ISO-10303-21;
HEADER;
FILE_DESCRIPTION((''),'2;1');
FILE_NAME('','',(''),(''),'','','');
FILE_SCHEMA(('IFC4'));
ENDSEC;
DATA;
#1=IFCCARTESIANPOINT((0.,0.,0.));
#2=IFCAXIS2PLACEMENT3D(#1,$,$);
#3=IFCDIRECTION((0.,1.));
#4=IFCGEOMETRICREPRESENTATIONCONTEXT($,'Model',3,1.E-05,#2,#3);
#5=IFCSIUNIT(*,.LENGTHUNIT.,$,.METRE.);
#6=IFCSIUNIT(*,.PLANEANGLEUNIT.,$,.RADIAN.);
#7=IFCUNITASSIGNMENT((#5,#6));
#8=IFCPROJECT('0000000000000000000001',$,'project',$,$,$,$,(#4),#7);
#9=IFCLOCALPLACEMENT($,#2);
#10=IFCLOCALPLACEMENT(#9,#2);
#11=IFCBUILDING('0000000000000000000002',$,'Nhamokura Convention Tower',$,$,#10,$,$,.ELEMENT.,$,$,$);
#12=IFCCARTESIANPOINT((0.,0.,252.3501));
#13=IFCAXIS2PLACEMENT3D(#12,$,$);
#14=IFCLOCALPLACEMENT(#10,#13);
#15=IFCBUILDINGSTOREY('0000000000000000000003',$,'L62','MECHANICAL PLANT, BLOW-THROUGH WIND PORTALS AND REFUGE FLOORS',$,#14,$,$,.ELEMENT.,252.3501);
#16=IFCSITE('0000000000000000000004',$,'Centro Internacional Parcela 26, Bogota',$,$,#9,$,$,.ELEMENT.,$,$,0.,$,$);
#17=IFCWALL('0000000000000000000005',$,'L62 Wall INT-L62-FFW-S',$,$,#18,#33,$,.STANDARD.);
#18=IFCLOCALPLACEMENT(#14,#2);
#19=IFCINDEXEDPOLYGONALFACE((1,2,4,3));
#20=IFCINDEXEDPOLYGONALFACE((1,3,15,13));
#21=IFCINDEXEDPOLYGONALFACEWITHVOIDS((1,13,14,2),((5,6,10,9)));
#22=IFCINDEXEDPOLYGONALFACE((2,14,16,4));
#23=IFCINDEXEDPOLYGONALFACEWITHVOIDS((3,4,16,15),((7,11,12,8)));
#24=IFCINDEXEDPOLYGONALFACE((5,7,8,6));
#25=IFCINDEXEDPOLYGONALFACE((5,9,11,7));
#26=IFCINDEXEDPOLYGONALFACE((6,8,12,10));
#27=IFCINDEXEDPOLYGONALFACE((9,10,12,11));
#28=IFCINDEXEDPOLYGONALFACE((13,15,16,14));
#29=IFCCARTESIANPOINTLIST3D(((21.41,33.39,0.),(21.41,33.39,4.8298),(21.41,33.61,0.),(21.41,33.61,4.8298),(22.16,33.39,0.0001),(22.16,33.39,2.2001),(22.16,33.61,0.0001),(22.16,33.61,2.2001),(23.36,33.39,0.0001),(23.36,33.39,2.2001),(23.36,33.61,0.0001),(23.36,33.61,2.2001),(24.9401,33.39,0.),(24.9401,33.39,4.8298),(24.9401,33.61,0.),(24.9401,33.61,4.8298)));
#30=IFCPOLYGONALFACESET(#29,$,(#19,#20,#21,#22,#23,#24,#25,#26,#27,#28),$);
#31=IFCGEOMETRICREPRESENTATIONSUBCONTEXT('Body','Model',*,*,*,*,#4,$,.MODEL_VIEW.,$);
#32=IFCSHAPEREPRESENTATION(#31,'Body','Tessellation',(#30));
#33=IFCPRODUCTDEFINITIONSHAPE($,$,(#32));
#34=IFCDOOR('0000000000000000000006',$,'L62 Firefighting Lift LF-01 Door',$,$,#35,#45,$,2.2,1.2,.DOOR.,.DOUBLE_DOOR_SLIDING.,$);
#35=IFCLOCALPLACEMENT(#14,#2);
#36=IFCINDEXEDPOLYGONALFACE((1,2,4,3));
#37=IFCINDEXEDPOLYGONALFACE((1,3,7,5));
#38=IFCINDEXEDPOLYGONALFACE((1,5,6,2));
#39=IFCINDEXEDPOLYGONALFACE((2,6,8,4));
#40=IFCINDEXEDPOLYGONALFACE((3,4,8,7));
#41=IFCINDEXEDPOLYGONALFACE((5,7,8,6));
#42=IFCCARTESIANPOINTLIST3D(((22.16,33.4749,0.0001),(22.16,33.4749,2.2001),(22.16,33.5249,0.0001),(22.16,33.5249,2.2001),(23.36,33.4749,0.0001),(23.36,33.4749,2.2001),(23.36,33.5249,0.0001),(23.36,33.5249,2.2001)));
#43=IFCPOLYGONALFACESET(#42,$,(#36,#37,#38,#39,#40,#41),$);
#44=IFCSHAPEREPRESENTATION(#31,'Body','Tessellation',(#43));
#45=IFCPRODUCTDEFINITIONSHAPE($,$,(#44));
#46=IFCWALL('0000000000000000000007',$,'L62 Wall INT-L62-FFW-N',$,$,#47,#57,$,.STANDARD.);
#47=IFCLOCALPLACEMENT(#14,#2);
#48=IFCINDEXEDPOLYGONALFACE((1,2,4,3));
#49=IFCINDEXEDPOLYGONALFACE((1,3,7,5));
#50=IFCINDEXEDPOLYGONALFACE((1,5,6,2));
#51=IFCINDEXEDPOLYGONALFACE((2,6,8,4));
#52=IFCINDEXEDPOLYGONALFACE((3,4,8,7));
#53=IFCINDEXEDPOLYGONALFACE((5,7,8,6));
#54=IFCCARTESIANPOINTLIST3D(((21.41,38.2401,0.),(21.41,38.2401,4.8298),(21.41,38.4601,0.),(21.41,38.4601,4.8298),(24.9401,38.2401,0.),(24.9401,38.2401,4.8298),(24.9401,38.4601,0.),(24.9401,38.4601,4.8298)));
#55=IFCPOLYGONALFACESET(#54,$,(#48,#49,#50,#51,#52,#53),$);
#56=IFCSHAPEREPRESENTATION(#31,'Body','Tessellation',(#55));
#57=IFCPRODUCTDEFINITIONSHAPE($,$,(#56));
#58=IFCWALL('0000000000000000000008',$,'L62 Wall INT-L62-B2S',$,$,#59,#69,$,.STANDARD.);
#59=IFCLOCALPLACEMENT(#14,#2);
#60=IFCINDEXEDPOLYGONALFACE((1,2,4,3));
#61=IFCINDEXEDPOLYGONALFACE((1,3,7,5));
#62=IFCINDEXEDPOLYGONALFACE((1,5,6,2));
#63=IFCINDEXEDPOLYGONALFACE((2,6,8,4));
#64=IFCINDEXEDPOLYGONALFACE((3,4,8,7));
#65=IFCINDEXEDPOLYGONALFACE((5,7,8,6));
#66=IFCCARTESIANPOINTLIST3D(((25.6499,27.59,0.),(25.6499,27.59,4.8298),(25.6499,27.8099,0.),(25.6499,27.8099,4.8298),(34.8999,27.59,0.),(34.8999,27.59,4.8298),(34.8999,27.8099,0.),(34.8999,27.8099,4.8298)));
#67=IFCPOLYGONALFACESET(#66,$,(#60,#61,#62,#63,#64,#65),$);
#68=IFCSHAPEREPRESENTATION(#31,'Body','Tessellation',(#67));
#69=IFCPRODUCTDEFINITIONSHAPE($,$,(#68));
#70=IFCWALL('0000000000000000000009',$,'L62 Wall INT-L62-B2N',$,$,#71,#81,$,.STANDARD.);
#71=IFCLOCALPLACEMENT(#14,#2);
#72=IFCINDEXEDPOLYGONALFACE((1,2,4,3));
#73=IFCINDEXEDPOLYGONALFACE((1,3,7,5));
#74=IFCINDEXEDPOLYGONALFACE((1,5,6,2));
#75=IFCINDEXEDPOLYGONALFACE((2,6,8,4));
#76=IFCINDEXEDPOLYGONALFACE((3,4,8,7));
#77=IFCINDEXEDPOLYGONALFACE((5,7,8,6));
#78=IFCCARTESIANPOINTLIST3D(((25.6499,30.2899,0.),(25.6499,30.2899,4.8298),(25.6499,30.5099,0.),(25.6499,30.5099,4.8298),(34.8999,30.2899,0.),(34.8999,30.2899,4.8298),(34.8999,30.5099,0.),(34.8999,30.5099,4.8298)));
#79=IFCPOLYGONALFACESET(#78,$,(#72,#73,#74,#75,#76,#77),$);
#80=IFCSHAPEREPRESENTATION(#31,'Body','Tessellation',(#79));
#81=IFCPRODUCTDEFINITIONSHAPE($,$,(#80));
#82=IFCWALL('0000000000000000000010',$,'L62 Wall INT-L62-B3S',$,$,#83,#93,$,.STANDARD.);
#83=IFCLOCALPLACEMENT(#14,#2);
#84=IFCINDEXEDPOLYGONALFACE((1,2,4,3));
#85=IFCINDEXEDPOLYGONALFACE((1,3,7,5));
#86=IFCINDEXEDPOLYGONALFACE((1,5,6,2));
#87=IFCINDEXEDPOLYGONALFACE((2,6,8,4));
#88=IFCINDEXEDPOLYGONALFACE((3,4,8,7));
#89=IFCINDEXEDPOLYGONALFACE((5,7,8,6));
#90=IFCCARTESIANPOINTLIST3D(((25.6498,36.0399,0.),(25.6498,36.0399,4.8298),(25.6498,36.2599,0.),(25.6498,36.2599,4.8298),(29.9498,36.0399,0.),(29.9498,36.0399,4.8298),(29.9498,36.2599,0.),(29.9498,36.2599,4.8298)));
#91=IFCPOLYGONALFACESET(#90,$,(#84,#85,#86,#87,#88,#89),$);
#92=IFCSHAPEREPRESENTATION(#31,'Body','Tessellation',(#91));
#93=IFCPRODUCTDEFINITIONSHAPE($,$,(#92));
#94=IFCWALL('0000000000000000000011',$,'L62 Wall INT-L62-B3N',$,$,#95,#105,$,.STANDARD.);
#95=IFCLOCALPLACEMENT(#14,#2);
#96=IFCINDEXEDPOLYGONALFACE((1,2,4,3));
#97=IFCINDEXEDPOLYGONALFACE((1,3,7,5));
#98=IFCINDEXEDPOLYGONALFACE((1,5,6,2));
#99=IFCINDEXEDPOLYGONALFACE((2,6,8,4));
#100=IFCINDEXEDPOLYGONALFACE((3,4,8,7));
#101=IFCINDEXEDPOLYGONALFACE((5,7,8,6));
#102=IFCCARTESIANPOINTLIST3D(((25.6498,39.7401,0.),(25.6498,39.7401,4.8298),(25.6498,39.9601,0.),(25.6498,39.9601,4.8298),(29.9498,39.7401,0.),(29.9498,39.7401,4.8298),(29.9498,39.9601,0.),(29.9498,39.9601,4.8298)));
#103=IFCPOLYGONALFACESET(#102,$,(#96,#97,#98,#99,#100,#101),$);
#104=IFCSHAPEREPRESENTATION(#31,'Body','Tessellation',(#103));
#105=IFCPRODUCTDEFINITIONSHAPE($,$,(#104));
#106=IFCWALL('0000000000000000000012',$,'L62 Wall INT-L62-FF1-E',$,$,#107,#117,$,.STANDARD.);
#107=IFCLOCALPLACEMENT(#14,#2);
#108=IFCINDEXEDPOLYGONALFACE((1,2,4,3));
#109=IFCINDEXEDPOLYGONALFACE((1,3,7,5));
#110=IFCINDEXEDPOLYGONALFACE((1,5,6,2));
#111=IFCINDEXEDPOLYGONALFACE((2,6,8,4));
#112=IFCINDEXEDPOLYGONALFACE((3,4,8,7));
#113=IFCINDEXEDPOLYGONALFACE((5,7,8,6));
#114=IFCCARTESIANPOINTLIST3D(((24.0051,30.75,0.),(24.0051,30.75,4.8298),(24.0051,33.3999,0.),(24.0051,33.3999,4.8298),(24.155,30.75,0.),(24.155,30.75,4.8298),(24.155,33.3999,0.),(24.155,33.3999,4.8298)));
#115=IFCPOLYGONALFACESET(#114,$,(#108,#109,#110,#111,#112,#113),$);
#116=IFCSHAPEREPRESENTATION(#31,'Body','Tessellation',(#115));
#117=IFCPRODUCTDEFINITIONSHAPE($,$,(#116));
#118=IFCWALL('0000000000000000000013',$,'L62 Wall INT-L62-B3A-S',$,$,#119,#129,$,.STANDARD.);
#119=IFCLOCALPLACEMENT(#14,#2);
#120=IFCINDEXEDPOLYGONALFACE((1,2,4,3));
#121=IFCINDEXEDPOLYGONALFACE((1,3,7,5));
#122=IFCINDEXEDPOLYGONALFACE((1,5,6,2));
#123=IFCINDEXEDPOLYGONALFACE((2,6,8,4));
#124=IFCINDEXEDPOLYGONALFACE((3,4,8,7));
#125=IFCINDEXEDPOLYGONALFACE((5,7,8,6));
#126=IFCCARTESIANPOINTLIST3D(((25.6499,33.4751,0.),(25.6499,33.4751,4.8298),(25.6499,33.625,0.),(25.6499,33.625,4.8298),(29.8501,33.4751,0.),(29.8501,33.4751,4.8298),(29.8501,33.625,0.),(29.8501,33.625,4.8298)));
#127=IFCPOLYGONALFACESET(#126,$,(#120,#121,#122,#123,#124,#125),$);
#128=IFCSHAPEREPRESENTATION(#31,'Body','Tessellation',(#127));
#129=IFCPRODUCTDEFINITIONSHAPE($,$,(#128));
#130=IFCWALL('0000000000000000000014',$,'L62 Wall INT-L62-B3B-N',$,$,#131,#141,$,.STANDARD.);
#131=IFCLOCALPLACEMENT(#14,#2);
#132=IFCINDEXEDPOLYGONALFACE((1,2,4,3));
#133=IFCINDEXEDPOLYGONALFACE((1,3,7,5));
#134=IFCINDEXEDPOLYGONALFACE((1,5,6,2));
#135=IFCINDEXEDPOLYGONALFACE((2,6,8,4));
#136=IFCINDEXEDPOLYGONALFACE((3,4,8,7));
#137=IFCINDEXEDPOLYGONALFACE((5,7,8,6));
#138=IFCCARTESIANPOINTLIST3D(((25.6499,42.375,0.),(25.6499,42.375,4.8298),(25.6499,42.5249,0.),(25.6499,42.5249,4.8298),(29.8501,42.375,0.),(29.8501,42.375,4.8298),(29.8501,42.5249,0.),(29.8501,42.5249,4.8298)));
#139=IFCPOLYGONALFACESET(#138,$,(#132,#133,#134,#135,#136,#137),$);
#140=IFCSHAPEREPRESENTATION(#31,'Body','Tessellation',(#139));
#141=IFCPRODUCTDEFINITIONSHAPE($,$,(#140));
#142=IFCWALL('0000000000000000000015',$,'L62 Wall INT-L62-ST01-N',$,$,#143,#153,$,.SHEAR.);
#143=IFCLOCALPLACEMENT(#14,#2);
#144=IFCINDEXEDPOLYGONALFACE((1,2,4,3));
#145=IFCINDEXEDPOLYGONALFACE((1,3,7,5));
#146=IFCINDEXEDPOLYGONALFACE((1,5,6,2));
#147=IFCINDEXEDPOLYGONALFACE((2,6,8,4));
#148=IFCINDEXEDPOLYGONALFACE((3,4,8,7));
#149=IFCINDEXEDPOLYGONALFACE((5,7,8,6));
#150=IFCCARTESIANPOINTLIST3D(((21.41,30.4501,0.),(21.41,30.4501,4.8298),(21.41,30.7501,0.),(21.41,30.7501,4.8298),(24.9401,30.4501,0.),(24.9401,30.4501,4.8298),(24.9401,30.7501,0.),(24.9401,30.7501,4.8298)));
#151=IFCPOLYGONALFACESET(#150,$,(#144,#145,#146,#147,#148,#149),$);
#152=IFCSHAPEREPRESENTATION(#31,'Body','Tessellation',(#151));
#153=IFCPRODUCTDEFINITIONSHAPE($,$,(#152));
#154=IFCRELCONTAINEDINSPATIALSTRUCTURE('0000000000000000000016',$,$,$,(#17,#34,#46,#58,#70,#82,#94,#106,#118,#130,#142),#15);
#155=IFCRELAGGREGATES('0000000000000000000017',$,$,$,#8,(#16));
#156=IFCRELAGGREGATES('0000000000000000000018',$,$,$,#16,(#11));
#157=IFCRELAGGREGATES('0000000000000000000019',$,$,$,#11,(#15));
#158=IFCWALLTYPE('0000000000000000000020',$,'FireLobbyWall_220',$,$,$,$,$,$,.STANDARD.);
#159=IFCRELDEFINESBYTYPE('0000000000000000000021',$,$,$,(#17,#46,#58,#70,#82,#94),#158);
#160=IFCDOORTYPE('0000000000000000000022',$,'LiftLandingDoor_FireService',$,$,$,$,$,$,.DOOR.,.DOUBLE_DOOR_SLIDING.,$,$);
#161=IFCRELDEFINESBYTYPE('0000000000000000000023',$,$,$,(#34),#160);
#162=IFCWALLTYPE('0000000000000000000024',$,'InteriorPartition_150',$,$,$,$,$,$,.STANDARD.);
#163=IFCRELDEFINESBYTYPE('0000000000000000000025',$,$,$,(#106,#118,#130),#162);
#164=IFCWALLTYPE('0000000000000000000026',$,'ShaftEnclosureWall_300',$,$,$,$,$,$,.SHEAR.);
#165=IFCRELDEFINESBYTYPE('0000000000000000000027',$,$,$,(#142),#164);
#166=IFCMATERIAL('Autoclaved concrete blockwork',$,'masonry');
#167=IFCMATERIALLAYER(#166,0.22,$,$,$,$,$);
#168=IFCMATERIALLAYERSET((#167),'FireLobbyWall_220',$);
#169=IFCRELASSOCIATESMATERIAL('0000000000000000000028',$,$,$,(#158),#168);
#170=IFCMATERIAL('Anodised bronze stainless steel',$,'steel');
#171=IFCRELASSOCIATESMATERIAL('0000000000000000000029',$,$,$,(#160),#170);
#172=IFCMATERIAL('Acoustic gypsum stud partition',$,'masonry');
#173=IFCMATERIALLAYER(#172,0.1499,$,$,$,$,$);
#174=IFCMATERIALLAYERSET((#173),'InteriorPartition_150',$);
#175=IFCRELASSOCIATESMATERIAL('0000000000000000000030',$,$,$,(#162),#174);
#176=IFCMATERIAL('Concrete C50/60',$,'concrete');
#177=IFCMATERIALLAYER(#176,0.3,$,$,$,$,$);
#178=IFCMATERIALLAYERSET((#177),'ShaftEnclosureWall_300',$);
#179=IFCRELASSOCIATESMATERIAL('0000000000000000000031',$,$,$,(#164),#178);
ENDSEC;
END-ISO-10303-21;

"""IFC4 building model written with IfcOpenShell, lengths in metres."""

from ifc_helpers import new_model, si_unit, direction, frame, frame_2d, origin, place, context, subcontext, project, spatial, rectangle, extrude, material, layer, layer_set, type_object, element, fill, save


model = new_model("IFC4")

# Units and contexts
model_context = context("Model", 3, precision=1e-05, world=origin(), true_north=direction((0.0, 1.0)))
body_context = subcontext(model_context, "Body", "Model", "MODEL_VIEW")
ifc_project = project(units=[si_unit("LENGTHUNIT", "METRE"), si_unit("PLANEANGLEUNIT", "RADIAN")], contexts=[model_context])

# Site, building, storey
site_placement = place(None, origin())
site = spatial("IfcSite", under=ifc_project, at=site_placement, Name="Centro Internacional Parcela 26, Bogota", CompositionType="ELEMENT", RefElevation=0.0)
building_placement = place(site_placement, origin())
building = spatial("IfcBuilding", under=site, at=building_placement, Name="Nhamokura Convention Tower", CompositionType="ELEMENT")
storey_placement = place(building_placement, frame((0.0, 0.0, 252.3501)))
storey = spatial("IfcBuildingStorey", under=building, at=storey_placement, Name="L62", Description="MECHANICAL PLANT, BLOW-THROUGH WIND PORTALS AND REFUGE FLOORS", CompositionType="ELEMENT", Elevation=252.3501)

# Wall, opening, door
ifc_material_1 = material(Name="Autoclaved concrete blockwork", Category="masonry")
ifc_layer_1 = layer(ifc_material_1, 0.22)
ifc_layer_set_1 = layer_set([ifc_layer_1], Name="FireLobbyWall_220")
wall_type_1 = type_object("IfcWallType", Name="FireLobbyWall_220", PredefinedType="STANDARD", material=ifc_layer_set_1)
wall_1_placement = place(storey_placement, frame((21.4099, 33.5, 0.0), z_axis=(0.0, 0.0, 1.0), x_axis=(1.0, 0.0, 0.0)))
wall_1 = element("IfcWall", 1, at=wall_1_placement, inside=storey, type_object=wall_type_1, Name="L62 Wall INT-L62-FFW-S", PredefinedType="STANDARD", context=body_context, shape_type="SweptSolid", body=[
    extrude(rectangle(XDim=3.53, YDim=0.22, at=frame_2d((1.7651, 0.0))), origin(), (0.0, 0.0, 1.0), 4.8298),
])
opening_1_placement = place(wall_1_placement, frame((0.75, 0.0, 0.0)))
opening_1 = element("IfcOpeningElement", 2, at=opening_1_placement, cuts=wall_1, PredefinedType="OPENING", context=body_context, shape_type="SweptSolid", body=[
    extrude(rectangle(XDim=1.2, YDim=2.2, at=frame_2d((0.6001, 1.1001))), frame((0.0, 0.1199, 0.0), z_axis=(0.0, -1.0, 0.0), x_axis=(1.0, 0.0, 0.0)), (0.0, 0.0, 1.0), 0.24),
])
ifc_material_2 = material(Name="Anodised bronze stainless steel", Category="steel")
door_type_1 = type_object("IfcDoorType", Name="LiftLandingDoor_FireService", OperationType="DOUBLE_DOOR_SLIDING", PredefinedType="DOOR", material=ifc_material_2)
door_1_placement = place(opening_1_placement, origin())
door_1 = element("IfcDoor", 3, at=door_1_placement, inside=storey, type_object=door_type_1, Name="L62 Firefighting Lift LF-01 Door", OperationType="DOUBLE_DOOR_SLIDING", OverallHeight=2.2, OverallWidth=1.2, PredefinedType="DOOR", context=body_context, shape_type="SweptSolid", body=[
    extrude(rectangle(XDim=1.2, YDim=2.2, at=frame_2d((0.6001, 1.1001))), frame((0.0, 0.0249, 0.0), z_axis=(0.0, -1.0, 0.0), x_axis=(1.0, 0.0, 0.0)), (0.0, 0.0, 1.0), 0.05),
])
fill(opening_1, door_1)

# Walls
wall_2_placement = place(storey_placement, frame((21.4099, 38.3501, 0.0), z_axis=(0.0, 0.0, 1.0), x_axis=(1.0, 0.0, 0.0)))
element("IfcWall", 4, at=wall_2_placement, inside=storey, type_object=wall_type_1, Name="L62 Wall INT-L62-FFW-N", PredefinedType="STANDARD", context=body_context, shape_type="SweptSolid", body=[
    extrude(rectangle(XDim=3.53, YDim=0.22, at=frame_2d((1.7651, 0.0))), origin(), (0.0, 0.0, 1.0), 4.8298),
])
for number, where, z_axis, x_axis, name in (
    (5, (25.6499, 27.7, 0.0), (0.0, 0.0, 1.0), (1.0, 0.0, 0.0), "L62 Wall INT-L62-B2S"),
    (6, (25.6499, 30.3999, 0.0), (0.0, 0.0, 1.0), (1.0, 0.0, 0.0), "L62 Wall INT-L62-B2N"),
):
    element("IfcWall", number, at=place(storey_placement, frame(where, z_axis=z_axis, x_axis=x_axis)), inside=storey, type_object=wall_type_1, Name=name, PredefinedType="STANDARD", context=body_context, shape_type="SweptSolid", body=[
        extrude(rectangle(XDim=9.25, YDim=0.22, at=frame_2d((4.625, 0.0))), origin(), (0.0, 0.0, 1.0), 4.8298),
    ])
for number, where, z_axis, x_axis, name in (
    (7, (25.6499, 36.1499, 0.0), (0.0, 0.0, 1.0), (1.0, 0.0, 0.0), "L62 Wall INT-L62-B3S"),
    (8, (25.6499, 39.8501, 0.0), (0.0, 0.0, 1.0), (1.0, 0.0, 0.0), "L62 Wall INT-L62-B3N"),
):
    element("IfcWall", number, at=place(storey_placement, frame(where, z_axis=z_axis, x_axis=x_axis)), inside=storey, type_object=wall_type_1, Name=name, PredefinedType="STANDARD", context=body_context, shape_type="SweptSolid", body=[
        extrude(rectangle(XDim=4.3, YDim=0.22, at=frame_2d((2.1499, 0.0))), origin(), (0.0, 0.0, 1.0), 4.8298),
    ])
ifc_material_3 = material(Name="Acoustic gypsum stud partition", Category="masonry")
ifc_layer_2 = layer(ifc_material_3, 0.1499)
ifc_layer_set_2 = layer_set([ifc_layer_2], Name="InteriorPartition_150")
wall_type_2 = type_object("IfcWallType", Name="InteriorPartition_150", PredefinedType="STANDARD", material=ifc_layer_set_2)
wall_3_placement = place(storey_placement, frame((24.0801, 30.75, 0.0), z_axis=(0.0, 0.0, 1.0), x_axis=(0.0, 1.0, 0.0)))
element("IfcWall", 9, at=wall_3_placement, inside=storey, type_object=wall_type_2, Name="L62 Wall INT-L62-FF1-E", PredefinedType="STANDARD", context=body_context, shape_type="SweptSolid", body=[
    extrude(rectangle(XDim=2.6499, YDim=0.1499, at=frame_2d((1.325, 0.0))), origin(), (0.0, 0.0, 1.0), 4.8298),
])
for number, where, z_axis, x_axis, name in (
    (10, (25.6499, 33.55, 0.0), (0.0, 0.0, 1.0), (1.0, 0.0, 0.0), "L62 Wall INT-L62-B3A-S"),
    (11, (25.6499, 42.45, 0.0), (0.0, 0.0, 1.0), (1.0, 0.0, 0.0), "L62 Wall INT-L62-B3B-N"),
):
    element("IfcWall", number, at=place(storey_placement, frame(where, z_axis=z_axis, x_axis=x_axis)), inside=storey, type_object=wall_type_2, Name=name, PredefinedType="STANDARD", context=body_context, shape_type="SweptSolid", body=[
        extrude(rectangle(XDim=4.2002, YDim=0.1499, at=frame_2d((2.1001, 0.0))), origin(), (0.0, 0.0, 1.0), 4.8298),
    ])
ifc_material_4 = material(Name="Concrete C50/60", Category="concrete")
ifc_layer_3 = layer(ifc_material_4, 0.3)
ifc_layer_set_3 = layer_set([ifc_layer_3], Name="ShaftEnclosureWall_300")
wall_type_3 = type_object("IfcWallType", Name="ShaftEnclosureWall_300", PredefinedType="SHEAR", material=ifc_layer_set_3)
wall_4_placement = place(storey_placement, frame((21.4099, 30.6001, 0.0), z_axis=(0.0, 0.0, 1.0), x_axis=(1.0, 0.0, 0.0)))
element("IfcWall", 12, at=wall_4_placement, inside=storey, type_object=wall_type_3, Name="L62 Wall INT-L62-ST01-N", PredefinedType="SHEAR", context=body_context, shape_type="SweptSolid", body=[
    extrude(rectangle(XDim=3.53, YDim=0.3, at=frame_2d((1.7651, 0.0))), origin(), (0.0, 0.0, 1.0), 4.8298),
])

save(model, "model.ifc")
